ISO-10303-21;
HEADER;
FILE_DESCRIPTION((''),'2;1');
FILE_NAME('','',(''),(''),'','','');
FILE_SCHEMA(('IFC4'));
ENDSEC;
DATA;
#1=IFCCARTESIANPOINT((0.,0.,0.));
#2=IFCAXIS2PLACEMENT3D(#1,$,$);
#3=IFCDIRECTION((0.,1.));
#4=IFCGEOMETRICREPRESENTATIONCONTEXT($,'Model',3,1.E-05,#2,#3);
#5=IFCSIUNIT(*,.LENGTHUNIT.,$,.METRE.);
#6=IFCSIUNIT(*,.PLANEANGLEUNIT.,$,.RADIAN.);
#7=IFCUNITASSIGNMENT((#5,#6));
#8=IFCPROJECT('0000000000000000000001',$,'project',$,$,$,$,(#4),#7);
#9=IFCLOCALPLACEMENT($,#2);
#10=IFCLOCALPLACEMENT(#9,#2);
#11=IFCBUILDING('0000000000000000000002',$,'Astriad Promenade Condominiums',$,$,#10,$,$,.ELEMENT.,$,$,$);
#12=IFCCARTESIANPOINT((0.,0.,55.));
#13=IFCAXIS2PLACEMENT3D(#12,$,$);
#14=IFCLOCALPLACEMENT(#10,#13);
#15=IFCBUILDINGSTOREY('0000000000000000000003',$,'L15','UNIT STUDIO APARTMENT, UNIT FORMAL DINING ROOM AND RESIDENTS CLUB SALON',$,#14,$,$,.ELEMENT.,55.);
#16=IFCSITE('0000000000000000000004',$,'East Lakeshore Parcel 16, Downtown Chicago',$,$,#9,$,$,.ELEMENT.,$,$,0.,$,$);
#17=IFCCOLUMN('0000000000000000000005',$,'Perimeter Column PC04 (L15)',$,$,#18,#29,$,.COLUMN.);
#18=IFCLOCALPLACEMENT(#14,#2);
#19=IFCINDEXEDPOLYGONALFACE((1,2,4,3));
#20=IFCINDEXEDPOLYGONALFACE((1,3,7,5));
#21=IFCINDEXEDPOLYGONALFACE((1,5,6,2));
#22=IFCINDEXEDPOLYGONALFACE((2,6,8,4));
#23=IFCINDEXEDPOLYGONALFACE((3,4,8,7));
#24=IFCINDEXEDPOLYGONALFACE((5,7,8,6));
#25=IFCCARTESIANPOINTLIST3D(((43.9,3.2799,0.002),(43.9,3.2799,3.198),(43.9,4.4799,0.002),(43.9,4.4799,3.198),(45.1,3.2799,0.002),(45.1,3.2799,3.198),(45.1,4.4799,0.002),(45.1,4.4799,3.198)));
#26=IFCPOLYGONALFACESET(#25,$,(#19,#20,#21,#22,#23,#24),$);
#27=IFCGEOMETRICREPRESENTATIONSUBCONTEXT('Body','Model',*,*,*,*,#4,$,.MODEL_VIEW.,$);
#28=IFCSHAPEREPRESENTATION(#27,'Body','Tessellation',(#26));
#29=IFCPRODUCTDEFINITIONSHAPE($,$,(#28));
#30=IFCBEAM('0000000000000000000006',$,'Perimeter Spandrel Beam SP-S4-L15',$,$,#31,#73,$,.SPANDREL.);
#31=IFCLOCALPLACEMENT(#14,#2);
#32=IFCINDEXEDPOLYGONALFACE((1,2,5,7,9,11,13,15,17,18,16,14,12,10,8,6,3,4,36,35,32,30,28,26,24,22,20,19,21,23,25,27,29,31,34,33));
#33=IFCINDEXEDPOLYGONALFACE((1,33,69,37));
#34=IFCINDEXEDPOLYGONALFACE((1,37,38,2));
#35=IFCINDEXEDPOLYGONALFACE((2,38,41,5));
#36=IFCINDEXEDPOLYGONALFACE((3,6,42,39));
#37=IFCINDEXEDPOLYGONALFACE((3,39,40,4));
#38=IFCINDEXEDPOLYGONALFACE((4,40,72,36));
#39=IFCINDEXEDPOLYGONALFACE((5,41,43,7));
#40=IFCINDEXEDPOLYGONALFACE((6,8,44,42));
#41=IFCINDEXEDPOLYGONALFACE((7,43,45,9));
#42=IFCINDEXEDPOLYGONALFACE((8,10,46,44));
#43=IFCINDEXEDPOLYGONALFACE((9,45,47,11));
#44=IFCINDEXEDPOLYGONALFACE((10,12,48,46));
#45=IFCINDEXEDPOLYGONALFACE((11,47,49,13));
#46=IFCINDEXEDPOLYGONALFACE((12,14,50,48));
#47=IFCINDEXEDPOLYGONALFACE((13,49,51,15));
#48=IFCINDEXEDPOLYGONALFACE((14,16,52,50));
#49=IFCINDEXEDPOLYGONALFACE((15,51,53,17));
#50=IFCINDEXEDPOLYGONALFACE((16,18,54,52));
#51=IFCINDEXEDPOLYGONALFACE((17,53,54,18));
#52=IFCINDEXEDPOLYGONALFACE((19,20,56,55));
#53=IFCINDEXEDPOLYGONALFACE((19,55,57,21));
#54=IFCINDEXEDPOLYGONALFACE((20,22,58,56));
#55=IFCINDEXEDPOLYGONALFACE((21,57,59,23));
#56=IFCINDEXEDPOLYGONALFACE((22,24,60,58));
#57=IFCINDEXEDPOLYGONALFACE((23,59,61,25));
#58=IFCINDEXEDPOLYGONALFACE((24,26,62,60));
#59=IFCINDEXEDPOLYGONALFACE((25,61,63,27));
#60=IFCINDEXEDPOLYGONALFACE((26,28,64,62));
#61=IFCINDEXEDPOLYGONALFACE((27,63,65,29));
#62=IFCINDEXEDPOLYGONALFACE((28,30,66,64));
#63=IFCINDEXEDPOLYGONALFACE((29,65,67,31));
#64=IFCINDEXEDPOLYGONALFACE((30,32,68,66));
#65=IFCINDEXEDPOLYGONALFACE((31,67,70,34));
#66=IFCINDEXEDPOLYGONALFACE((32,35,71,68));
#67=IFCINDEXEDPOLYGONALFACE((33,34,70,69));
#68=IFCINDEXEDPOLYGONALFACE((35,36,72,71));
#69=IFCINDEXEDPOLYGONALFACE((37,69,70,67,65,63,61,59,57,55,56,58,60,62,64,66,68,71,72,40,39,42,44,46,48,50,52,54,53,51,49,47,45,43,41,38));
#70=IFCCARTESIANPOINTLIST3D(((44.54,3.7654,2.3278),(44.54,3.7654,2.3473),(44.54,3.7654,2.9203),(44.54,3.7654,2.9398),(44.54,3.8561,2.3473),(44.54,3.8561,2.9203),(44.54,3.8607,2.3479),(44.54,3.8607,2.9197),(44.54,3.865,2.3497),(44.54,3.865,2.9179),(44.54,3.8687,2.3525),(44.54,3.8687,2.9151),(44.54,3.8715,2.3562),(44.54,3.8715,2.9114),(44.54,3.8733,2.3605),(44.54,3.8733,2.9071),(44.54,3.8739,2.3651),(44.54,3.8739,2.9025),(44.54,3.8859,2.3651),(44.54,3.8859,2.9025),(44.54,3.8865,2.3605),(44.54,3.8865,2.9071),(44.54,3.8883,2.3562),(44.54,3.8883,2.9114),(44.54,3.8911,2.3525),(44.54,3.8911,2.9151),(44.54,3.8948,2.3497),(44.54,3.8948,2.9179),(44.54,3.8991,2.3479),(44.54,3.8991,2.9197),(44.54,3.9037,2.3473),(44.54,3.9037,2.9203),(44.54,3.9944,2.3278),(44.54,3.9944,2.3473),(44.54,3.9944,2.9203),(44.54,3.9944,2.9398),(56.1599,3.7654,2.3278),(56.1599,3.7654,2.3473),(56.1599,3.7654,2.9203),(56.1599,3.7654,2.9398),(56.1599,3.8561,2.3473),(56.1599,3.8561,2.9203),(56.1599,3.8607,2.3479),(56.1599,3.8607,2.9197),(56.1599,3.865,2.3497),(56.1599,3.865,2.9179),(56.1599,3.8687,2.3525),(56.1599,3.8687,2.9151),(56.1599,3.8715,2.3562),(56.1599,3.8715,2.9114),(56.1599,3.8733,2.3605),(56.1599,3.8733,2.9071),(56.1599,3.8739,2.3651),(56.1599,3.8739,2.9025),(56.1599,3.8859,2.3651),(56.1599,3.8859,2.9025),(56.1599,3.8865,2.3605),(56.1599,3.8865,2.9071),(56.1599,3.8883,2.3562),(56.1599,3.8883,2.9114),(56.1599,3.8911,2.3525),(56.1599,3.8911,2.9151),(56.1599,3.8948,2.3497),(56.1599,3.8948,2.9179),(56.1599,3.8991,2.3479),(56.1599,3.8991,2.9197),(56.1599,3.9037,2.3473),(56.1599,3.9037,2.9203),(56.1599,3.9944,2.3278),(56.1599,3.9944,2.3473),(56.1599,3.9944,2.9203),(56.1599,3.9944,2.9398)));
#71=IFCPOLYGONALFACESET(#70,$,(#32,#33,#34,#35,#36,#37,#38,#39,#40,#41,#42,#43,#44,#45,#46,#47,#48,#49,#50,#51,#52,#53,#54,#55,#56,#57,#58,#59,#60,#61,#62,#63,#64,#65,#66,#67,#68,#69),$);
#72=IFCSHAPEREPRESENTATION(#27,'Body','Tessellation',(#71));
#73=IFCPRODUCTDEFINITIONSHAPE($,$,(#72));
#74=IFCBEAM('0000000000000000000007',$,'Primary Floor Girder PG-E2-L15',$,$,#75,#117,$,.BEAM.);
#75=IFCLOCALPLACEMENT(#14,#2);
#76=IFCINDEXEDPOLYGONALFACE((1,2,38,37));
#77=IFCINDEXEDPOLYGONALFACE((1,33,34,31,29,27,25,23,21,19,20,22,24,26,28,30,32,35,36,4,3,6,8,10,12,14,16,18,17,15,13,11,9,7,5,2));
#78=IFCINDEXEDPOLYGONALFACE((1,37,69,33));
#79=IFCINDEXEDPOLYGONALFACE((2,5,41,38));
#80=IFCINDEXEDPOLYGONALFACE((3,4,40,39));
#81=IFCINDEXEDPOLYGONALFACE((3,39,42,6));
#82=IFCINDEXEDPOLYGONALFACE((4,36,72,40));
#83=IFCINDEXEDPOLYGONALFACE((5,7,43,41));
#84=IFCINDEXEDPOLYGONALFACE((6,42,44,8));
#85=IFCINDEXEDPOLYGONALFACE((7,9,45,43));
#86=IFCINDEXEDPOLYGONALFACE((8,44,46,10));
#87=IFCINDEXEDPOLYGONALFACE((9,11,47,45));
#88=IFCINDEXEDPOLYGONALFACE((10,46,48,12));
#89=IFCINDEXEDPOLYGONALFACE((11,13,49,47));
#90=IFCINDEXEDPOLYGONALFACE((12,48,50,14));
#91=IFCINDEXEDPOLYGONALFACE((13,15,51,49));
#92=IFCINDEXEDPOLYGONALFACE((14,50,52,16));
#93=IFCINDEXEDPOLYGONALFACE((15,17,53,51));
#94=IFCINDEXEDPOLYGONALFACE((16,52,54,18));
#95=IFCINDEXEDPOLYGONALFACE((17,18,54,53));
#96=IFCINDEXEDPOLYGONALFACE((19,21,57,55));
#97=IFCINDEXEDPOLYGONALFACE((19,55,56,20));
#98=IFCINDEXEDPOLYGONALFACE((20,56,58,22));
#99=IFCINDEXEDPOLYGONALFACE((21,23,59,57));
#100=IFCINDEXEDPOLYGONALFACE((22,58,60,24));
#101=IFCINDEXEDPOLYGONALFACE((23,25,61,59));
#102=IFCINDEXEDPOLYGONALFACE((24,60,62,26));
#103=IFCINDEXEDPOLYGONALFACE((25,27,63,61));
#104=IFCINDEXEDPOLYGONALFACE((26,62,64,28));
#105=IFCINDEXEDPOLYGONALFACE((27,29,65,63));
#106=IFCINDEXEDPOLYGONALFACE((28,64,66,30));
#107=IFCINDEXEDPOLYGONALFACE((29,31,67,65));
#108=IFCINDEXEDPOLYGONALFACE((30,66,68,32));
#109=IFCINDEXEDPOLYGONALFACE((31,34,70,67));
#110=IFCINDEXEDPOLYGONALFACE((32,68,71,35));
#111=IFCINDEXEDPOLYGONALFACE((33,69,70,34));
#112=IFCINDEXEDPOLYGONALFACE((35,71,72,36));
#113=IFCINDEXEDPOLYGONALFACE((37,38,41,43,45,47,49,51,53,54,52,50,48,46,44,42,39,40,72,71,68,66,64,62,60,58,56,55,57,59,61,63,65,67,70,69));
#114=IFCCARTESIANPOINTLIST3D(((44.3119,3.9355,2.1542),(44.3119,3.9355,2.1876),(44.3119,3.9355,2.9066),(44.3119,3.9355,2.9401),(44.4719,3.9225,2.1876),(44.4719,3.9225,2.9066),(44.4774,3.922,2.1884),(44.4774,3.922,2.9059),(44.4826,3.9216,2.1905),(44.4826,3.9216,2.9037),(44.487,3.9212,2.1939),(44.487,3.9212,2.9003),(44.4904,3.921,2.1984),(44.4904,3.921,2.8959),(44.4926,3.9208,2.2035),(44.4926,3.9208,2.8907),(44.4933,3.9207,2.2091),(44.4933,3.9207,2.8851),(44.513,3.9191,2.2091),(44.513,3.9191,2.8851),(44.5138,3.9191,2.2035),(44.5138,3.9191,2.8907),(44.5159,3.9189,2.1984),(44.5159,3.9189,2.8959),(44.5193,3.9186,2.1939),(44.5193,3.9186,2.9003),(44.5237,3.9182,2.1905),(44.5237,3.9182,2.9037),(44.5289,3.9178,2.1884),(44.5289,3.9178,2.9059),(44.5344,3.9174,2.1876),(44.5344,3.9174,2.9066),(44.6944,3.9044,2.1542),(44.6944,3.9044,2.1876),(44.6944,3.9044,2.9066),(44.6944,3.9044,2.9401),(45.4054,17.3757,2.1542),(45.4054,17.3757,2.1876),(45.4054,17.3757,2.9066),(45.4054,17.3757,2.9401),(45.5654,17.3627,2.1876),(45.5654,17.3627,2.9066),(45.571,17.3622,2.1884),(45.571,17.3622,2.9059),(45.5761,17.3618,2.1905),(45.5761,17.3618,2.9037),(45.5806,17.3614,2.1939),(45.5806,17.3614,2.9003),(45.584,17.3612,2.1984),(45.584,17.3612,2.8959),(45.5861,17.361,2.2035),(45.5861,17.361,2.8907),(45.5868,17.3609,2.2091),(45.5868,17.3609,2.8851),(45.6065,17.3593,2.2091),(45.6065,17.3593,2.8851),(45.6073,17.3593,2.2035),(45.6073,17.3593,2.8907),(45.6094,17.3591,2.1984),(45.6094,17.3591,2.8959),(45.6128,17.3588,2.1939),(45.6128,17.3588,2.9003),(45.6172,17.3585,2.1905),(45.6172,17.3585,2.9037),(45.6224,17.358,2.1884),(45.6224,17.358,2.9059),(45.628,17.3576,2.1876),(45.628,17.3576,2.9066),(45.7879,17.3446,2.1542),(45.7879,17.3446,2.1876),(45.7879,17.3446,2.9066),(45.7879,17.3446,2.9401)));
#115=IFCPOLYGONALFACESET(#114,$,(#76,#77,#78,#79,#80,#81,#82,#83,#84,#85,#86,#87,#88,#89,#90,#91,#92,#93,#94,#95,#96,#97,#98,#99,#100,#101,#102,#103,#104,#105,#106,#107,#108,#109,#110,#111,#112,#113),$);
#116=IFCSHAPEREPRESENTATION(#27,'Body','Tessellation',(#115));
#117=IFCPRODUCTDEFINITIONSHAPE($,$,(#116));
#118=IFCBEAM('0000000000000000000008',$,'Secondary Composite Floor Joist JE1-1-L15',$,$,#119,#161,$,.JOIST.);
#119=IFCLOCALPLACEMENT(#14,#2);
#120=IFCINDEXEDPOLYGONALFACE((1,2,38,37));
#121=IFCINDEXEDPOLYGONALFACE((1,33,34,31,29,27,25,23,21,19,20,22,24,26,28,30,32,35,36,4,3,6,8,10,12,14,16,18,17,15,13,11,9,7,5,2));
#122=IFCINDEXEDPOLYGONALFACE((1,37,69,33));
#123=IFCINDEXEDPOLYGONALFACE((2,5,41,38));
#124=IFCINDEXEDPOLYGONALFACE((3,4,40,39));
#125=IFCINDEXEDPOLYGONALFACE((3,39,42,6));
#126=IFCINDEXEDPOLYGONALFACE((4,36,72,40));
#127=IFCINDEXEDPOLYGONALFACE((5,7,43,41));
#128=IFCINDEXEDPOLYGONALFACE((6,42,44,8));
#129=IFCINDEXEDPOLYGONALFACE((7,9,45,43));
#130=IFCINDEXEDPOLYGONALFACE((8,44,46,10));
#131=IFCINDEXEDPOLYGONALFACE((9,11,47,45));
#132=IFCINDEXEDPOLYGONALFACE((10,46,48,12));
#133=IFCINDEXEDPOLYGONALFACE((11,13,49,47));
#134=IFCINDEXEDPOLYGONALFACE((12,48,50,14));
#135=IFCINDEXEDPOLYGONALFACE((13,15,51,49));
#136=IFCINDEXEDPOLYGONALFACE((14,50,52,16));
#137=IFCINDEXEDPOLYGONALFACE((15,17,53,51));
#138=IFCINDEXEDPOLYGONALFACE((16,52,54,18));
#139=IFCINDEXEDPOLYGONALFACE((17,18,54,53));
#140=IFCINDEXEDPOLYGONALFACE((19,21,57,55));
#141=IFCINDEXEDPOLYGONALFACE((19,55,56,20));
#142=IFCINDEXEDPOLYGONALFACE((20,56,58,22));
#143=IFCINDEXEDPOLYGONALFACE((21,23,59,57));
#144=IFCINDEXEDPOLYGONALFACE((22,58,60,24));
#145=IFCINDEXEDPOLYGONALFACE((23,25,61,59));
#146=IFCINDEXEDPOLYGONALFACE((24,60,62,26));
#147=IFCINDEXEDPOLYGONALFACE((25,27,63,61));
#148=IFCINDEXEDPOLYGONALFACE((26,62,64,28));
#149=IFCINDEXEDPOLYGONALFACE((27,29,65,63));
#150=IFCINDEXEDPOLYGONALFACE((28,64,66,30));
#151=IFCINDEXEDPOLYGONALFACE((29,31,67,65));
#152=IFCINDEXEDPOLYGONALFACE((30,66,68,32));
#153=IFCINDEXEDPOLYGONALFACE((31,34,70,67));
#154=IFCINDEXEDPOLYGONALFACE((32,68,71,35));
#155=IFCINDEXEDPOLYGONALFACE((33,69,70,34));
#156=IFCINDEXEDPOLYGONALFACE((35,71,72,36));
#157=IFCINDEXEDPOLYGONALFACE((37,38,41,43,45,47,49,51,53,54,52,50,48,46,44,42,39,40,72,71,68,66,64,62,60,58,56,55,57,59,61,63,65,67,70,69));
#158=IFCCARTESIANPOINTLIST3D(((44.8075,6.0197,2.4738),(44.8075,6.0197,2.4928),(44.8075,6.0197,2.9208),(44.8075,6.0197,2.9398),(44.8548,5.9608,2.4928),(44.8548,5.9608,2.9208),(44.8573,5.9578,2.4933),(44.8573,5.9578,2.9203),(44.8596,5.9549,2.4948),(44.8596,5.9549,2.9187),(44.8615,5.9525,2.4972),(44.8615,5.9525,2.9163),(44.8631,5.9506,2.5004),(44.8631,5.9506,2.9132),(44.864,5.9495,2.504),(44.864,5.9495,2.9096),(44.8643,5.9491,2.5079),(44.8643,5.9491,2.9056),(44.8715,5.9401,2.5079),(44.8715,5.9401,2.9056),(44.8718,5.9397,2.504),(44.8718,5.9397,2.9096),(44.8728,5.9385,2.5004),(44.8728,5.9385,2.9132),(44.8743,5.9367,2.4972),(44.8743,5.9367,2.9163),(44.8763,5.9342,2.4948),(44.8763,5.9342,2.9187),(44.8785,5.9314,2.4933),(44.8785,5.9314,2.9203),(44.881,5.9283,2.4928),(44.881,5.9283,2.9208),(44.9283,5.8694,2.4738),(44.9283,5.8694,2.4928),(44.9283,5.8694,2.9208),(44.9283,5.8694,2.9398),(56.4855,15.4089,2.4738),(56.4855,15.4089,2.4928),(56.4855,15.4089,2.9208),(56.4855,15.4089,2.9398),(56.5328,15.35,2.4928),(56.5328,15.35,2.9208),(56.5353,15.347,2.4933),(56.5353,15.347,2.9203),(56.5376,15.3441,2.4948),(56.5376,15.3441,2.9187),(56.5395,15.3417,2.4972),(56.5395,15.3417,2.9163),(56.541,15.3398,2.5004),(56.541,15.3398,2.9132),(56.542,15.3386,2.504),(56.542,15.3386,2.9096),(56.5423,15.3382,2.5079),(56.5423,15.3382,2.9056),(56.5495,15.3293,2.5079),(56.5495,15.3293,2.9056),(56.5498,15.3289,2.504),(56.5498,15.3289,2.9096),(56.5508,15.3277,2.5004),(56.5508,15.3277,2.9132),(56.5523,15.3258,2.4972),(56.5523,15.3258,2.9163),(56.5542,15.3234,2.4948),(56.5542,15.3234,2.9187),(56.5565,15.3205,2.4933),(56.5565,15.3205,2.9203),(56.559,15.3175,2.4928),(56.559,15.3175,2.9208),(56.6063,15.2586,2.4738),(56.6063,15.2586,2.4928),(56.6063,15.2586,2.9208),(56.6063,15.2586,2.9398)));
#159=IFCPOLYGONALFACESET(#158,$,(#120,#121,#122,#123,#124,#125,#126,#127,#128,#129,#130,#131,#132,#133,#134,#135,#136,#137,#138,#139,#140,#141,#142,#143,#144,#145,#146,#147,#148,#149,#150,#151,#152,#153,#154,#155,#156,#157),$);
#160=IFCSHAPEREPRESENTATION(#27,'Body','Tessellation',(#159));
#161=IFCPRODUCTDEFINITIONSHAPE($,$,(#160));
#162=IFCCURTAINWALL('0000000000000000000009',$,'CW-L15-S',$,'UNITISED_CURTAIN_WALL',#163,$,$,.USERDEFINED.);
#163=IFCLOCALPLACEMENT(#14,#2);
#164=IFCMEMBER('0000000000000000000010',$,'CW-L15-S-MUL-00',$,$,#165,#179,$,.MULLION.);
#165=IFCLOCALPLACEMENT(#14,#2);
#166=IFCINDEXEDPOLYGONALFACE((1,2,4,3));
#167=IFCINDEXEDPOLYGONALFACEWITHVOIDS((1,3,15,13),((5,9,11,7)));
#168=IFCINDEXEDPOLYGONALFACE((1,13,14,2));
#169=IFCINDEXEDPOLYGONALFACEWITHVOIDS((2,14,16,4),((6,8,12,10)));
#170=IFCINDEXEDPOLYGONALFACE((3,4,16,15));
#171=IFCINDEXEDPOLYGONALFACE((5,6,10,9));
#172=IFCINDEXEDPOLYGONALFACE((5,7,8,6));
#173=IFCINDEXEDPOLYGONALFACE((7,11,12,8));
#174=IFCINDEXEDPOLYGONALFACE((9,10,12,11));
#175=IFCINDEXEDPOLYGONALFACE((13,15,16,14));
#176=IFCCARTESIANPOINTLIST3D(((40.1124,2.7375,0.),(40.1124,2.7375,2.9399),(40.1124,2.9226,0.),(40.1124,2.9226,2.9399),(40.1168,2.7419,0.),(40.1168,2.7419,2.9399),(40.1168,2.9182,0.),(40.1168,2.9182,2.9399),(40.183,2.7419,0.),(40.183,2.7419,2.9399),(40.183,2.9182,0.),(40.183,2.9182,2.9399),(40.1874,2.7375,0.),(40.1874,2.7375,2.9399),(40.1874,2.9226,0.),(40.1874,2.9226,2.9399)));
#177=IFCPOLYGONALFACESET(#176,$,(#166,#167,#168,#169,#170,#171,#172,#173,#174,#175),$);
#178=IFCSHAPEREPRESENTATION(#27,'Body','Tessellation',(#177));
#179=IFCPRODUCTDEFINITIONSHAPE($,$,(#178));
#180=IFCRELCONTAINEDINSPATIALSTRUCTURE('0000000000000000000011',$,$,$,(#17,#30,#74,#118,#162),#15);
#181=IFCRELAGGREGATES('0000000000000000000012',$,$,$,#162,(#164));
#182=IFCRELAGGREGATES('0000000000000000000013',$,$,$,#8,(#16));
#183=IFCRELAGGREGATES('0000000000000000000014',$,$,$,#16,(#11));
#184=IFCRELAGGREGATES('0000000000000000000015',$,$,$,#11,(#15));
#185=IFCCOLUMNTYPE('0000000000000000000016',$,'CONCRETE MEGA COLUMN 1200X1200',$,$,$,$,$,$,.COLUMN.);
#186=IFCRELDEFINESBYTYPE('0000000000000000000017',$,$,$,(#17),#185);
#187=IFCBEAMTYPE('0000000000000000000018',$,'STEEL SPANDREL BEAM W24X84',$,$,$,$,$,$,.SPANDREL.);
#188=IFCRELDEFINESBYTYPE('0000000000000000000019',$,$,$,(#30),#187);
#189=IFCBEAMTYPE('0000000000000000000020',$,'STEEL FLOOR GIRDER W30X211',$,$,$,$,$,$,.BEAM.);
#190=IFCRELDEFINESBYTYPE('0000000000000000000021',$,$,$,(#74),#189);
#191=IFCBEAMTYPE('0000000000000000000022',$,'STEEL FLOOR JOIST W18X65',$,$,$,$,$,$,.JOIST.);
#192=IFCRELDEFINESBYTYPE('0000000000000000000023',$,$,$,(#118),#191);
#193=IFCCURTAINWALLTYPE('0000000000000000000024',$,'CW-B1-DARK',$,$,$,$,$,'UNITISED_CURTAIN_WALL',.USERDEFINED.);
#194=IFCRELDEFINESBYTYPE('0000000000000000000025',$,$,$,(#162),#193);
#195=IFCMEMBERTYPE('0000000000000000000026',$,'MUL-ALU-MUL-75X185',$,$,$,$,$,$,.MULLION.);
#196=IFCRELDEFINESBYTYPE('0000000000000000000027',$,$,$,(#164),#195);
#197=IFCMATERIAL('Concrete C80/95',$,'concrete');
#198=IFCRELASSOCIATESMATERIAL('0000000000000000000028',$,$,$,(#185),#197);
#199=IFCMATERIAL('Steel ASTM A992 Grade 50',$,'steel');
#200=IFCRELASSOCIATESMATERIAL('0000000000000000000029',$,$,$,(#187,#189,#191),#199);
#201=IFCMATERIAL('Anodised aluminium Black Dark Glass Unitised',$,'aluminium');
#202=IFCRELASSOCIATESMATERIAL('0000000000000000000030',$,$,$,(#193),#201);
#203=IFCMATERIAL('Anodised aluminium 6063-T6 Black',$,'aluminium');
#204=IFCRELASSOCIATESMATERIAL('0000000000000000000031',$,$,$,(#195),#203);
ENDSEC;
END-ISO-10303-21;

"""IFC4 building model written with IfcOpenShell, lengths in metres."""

from ifc_helpers import new_model, si_unit, direction, frame, origin, origin_2d, place, context, subcontext, project, spatial, rectangle, hollow_rectangle, i_section, extrude, source, transform, mapped, material, material_profile, profile_set, type_object, type_shapes, element, aggregate, save


model = new_model("IFC4")

# Units and contexts
model_context = context("Model", 3, precision=1e-05, world=origin(), true_north=direction((0.0, 1.0)))
body_context = subcontext(model_context, "Body", "Model", "MODEL_VIEW")
ifc_project = project(units=[si_unit("LENGTHUNIT", "METRE"), si_unit("PLANEANGLEUNIT", "RADIAN")], contexts=[model_context])

# Site, building, storey
site_placement = place(None, origin())
site = spatial("IfcSite", under=ifc_project, at=site_placement, Name="East Lakeshore Parcel 16, Downtown Chicago", CompositionType="ELEMENT", RefElevation=0.0)
building_placement = place(site_placement, origin())
building = spatial("IfcBuilding", under=site, at=building_placement, Name="Astriad Promenade Condominiums", CompositionType="ELEMENT")
storey_placement = place(building_placement, frame((0.0, 0.0, 55.0)))
storey = spatial("IfcBuildingStorey", under=building, at=storey_placement, Name="L15", Description="UNIT STUDIO APARTMENT, UNIT FORMAL DINING ROOM AND RESIDENTS CLUB SALON", CompositionType="ELEMENT", Elevation=55.0)

# Column
ifc_material_1 = material(Name="Concrete C80/95", Category="concrete")
ifc_material_profile_1 = material_profile(ifc_material_1, rectangle(XDim=1.2, YDim=1.2, at=origin_2d()), Name="RC-COL-1200X1200")
ifc_profile_set_1 = profile_set([ifc_material_profile_1], Name="Concrete C80/95")
column_type = type_object("IfcColumnType", Name="CONCRETE MEGA COLUMN 1200X1200", PredefinedType="COLUMN", material=ifc_profile_set_1)
shared_shape_1 = source(origin(), body_context, "Body", "SweptSolid", [
    extrude(rectangle(XDim=1.2, YDim=1.2, at=origin_2d()), origin(), (0.0, 0.0, 1.0), 3.196),
])
type_shapes(column_type, [shared_shape_1])
column_placement = place(storey_placement, frame((44.5, 3.8799, 0.002), z_axis=(0.0, 0.0, 1.0), x_axis=(1.0, 0.0, 0.0)))
element("IfcColumn", 1, at=column_placement, inside=storey, type_object=column_type, Name="Perimeter Column PC04 (L15)", PredefinedType="COLUMN", context=body_context, shape_type="MappedRepresentation", body=[
    mapped(shared_shape_1, transform((0.0, 0.0, 0.0), scale=1.0)),
])

# Beams
ifc_material_2 = material(Name="Steel ASTM A992 Grade 50", Category="steel")
ifc_material_profile_2 = material_profile(ifc_material_2, i_section(OverallWidth=0.229, OverallDepth=0.6121, WebThickness=0.012, FlangeThickness=0.0195, FilletRadius=0.0178, at=origin_2d()), Name="W24X84")
ifc_profile_set_2 = profile_set([ifc_material_profile_2], Name="Steel ASTM A992 Grade 50")
beam_type_1 = type_object("IfcBeamType", Name="STEEL SPANDREL BEAM W24X84", PredefinedType="SPANDREL", material=ifc_profile_set_2)
shared_shape_2 = source(origin(), body_context, "Body", "SweptSolid", [
    extrude(i_section(OverallWidth=0.229, OverallDepth=0.6121, WebThickness=0.012, FlangeThickness=0.0195, FilletRadius=0.0178, at=origin_2d()), origin(), (0.0, 0.0, 1.0), 11.6199),
])
type_shapes(beam_type_1, [shared_shape_2])
beam_1_placement = place(storey_placement, frame((44.54, 3.8799, 2.6338), z_axis=(1.0, 0.0, 0.0), x_axis=(0.0, 1.0, 0.0)))
element("IfcBeam", 2, at=beam_1_placement, inside=storey, type_object=beam_type_1, Name="Perimeter Spandrel Beam SP-S4-L15", PredefinedType="SPANDREL", context=body_context, shape_type="MappedRepresentation", body=[
    mapped(shared_shape_2, transform((0.0, 0.0, 0.0), scale=1.0)),
])
ifc_material_profile_3 = material_profile(ifc_material_2, i_section(OverallWidth=0.3838, OverallDepth=0.7859, WebThickness=0.0198, FlangeThickness=0.0334, FilletRadius=0.0215, at=origin_2d()), Name="W30X211")
ifc_profile_set_3 = profile_set([ifc_material_profile_3], Name="Steel ASTM A992 Grade 50")
beam_type_2 = type_object("IfcBeamType", Name="STEEL FLOOR GIRDER W30X211", PredefinedType="BEAM", material=ifc_profile_set_3)
shared_shape_3 = source(origin(), body_context, "Body", "SweptSolid", [
    extrude(i_section(OverallWidth=0.3838, OverallDepth=0.7859, WebThickness=0.0198, FlangeThickness=0.0334, FilletRadius=0.0215, at=origin_2d()), origin(), (0.0, 0.0, 1.0), 13.4846),
])
type_shapes(beam_type_2, [shared_shape_3])
beam_2_placement = place(storey_placement, frame((44.5032, 3.9199, 2.5471), z_axis=(0.081093, 0.996707, 0.0), x_axis=(-0.996707, 0.081093, 0.0)))
element("IfcBeam", 3, at=beam_2_placement, inside=storey, type_object=beam_type_2, Name="Primary Floor Girder PG-E2-L15", PredefinedType="BEAM", context=body_context, shape_type="MappedRepresentation", body=[
    mapped(shared_shape_3, transform((0.0, 0.0, 0.0), scale=1.0)),
])
ifc_material_profile_4 = material_profile(ifc_material_2, i_section(OverallWidth=0.1929, OverallDepth=0.4661, WebThickness=0.0115, FlangeThickness=0.019, FilletRadius=0.0151, at=origin_2d()), Name="W18X65")
ifc_profile_set_4 = profile_set([ifc_material_profile_4], Name="Steel ASTM A992 Grade 50")
beam_type_3 = type_object("IfcBeamType", Name="STEEL FLOOR JOIST W18X65", PredefinedType="JOIST", material=ifc_profile_set_4)
shared_shape_4 = source(origin(), body_context, "Body", "SweptSolid", [
    extrude(i_section(OverallWidth=0.1929, OverallDepth=0.4661, WebThickness=0.0115, FlangeThickness=0.019, FilletRadius=0.0151, at=origin_2d()), origin(), (0.0, 0.0, 1.0), 14.9844),
])
type_shapes(beam_type_3, [shared_shape_4])
beam_3_placement = place(storey_placement, frame((44.8679, 5.9446, 2.7068), z_axis=(0.779344, 0.626597, 0.0), x_axis=(-0.626597, 0.779344, 0.0)))
element("IfcBeam", 4, at=beam_3_placement, inside=storey, type_object=beam_type_3, Name="Secondary Composite Floor Joist JE1-1-L15", PredefinedType="JOIST", context=body_context, shape_type="MappedRepresentation", body=[
    mapped(shared_shape_4, transform((0.0, 0.0, 0.0), scale=1.0)),
])

# Curtain wall, member
ifc_material_3 = material(Name="Anodised aluminium Black Dark Glass Unitised", Category="aluminium")
curtain_wall_type = type_object("IfcCurtainWallType", Name="CW-B1-DARK", ElementType="UNITISED_CURTAIN_WALL", PredefinedType="USERDEFINED", material=ifc_material_3)
curtain_wall_placement = place(storey_placement, origin())
curtain_wall = element("IfcCurtainWall", 5, at=curtain_wall_placement, inside=storey, type_object=curtain_wall_type, Name="CW-L15-S", ObjectType="UNITISED_CURTAIN_WALL", PredefinedType="USERDEFINED")
ifc_material_4 = material(Name="Anodised aluminium 6063-T6 Black", Category="aluminium")
ifc_material_profile_5 = material_profile(ifc_material_4, hollow_rectangle(XDim=0.075, YDim=0.1851, WallThickness=0.0044, at=origin_2d()), Name="ALU-MUL-75X185")
ifc_profile_set_5 = profile_set([ifc_material_profile_5], Name="Anodised aluminium 6063-T6 Black")
member_type_1 = type_object("IfcMemberType", Name="MUL-ALU-MUL-75X185", PredefinedType="MULLION", material=ifc_profile_set_5)
shared_shape_5 = source(origin(), body_context, "Body", "SweptSolid", [
    extrude(hollow_rectangle(XDim=0.075, YDim=0.1851, WallThickness=0.0044, at=origin_2d()), origin(), (0.0, 0.0, 1.0), 2.9399),
])
type_shapes(member_type_1, [shared_shape_5])
member_1_placement = place(storey_placement, frame((40.1499, 2.8301, 0.0), z_axis=(0.0, 0.0, 1.0), x_axis=(1.0, 0.0, 0.0)))
member_1 = element("IfcMember", 6, at=member_1_placement, type_object=member_type_1, Name="CW-L15-S-MUL-00", PredefinedType="MULLION", context=body_context, shape_type="MappedRepresentation", body=[
    mapped(shared_shape_5, transform((0.0, 0.0, 0.0), scale=1.0)),
])
aggregate(curtain_wall, [member_1])

save(model, "model.ifc")
